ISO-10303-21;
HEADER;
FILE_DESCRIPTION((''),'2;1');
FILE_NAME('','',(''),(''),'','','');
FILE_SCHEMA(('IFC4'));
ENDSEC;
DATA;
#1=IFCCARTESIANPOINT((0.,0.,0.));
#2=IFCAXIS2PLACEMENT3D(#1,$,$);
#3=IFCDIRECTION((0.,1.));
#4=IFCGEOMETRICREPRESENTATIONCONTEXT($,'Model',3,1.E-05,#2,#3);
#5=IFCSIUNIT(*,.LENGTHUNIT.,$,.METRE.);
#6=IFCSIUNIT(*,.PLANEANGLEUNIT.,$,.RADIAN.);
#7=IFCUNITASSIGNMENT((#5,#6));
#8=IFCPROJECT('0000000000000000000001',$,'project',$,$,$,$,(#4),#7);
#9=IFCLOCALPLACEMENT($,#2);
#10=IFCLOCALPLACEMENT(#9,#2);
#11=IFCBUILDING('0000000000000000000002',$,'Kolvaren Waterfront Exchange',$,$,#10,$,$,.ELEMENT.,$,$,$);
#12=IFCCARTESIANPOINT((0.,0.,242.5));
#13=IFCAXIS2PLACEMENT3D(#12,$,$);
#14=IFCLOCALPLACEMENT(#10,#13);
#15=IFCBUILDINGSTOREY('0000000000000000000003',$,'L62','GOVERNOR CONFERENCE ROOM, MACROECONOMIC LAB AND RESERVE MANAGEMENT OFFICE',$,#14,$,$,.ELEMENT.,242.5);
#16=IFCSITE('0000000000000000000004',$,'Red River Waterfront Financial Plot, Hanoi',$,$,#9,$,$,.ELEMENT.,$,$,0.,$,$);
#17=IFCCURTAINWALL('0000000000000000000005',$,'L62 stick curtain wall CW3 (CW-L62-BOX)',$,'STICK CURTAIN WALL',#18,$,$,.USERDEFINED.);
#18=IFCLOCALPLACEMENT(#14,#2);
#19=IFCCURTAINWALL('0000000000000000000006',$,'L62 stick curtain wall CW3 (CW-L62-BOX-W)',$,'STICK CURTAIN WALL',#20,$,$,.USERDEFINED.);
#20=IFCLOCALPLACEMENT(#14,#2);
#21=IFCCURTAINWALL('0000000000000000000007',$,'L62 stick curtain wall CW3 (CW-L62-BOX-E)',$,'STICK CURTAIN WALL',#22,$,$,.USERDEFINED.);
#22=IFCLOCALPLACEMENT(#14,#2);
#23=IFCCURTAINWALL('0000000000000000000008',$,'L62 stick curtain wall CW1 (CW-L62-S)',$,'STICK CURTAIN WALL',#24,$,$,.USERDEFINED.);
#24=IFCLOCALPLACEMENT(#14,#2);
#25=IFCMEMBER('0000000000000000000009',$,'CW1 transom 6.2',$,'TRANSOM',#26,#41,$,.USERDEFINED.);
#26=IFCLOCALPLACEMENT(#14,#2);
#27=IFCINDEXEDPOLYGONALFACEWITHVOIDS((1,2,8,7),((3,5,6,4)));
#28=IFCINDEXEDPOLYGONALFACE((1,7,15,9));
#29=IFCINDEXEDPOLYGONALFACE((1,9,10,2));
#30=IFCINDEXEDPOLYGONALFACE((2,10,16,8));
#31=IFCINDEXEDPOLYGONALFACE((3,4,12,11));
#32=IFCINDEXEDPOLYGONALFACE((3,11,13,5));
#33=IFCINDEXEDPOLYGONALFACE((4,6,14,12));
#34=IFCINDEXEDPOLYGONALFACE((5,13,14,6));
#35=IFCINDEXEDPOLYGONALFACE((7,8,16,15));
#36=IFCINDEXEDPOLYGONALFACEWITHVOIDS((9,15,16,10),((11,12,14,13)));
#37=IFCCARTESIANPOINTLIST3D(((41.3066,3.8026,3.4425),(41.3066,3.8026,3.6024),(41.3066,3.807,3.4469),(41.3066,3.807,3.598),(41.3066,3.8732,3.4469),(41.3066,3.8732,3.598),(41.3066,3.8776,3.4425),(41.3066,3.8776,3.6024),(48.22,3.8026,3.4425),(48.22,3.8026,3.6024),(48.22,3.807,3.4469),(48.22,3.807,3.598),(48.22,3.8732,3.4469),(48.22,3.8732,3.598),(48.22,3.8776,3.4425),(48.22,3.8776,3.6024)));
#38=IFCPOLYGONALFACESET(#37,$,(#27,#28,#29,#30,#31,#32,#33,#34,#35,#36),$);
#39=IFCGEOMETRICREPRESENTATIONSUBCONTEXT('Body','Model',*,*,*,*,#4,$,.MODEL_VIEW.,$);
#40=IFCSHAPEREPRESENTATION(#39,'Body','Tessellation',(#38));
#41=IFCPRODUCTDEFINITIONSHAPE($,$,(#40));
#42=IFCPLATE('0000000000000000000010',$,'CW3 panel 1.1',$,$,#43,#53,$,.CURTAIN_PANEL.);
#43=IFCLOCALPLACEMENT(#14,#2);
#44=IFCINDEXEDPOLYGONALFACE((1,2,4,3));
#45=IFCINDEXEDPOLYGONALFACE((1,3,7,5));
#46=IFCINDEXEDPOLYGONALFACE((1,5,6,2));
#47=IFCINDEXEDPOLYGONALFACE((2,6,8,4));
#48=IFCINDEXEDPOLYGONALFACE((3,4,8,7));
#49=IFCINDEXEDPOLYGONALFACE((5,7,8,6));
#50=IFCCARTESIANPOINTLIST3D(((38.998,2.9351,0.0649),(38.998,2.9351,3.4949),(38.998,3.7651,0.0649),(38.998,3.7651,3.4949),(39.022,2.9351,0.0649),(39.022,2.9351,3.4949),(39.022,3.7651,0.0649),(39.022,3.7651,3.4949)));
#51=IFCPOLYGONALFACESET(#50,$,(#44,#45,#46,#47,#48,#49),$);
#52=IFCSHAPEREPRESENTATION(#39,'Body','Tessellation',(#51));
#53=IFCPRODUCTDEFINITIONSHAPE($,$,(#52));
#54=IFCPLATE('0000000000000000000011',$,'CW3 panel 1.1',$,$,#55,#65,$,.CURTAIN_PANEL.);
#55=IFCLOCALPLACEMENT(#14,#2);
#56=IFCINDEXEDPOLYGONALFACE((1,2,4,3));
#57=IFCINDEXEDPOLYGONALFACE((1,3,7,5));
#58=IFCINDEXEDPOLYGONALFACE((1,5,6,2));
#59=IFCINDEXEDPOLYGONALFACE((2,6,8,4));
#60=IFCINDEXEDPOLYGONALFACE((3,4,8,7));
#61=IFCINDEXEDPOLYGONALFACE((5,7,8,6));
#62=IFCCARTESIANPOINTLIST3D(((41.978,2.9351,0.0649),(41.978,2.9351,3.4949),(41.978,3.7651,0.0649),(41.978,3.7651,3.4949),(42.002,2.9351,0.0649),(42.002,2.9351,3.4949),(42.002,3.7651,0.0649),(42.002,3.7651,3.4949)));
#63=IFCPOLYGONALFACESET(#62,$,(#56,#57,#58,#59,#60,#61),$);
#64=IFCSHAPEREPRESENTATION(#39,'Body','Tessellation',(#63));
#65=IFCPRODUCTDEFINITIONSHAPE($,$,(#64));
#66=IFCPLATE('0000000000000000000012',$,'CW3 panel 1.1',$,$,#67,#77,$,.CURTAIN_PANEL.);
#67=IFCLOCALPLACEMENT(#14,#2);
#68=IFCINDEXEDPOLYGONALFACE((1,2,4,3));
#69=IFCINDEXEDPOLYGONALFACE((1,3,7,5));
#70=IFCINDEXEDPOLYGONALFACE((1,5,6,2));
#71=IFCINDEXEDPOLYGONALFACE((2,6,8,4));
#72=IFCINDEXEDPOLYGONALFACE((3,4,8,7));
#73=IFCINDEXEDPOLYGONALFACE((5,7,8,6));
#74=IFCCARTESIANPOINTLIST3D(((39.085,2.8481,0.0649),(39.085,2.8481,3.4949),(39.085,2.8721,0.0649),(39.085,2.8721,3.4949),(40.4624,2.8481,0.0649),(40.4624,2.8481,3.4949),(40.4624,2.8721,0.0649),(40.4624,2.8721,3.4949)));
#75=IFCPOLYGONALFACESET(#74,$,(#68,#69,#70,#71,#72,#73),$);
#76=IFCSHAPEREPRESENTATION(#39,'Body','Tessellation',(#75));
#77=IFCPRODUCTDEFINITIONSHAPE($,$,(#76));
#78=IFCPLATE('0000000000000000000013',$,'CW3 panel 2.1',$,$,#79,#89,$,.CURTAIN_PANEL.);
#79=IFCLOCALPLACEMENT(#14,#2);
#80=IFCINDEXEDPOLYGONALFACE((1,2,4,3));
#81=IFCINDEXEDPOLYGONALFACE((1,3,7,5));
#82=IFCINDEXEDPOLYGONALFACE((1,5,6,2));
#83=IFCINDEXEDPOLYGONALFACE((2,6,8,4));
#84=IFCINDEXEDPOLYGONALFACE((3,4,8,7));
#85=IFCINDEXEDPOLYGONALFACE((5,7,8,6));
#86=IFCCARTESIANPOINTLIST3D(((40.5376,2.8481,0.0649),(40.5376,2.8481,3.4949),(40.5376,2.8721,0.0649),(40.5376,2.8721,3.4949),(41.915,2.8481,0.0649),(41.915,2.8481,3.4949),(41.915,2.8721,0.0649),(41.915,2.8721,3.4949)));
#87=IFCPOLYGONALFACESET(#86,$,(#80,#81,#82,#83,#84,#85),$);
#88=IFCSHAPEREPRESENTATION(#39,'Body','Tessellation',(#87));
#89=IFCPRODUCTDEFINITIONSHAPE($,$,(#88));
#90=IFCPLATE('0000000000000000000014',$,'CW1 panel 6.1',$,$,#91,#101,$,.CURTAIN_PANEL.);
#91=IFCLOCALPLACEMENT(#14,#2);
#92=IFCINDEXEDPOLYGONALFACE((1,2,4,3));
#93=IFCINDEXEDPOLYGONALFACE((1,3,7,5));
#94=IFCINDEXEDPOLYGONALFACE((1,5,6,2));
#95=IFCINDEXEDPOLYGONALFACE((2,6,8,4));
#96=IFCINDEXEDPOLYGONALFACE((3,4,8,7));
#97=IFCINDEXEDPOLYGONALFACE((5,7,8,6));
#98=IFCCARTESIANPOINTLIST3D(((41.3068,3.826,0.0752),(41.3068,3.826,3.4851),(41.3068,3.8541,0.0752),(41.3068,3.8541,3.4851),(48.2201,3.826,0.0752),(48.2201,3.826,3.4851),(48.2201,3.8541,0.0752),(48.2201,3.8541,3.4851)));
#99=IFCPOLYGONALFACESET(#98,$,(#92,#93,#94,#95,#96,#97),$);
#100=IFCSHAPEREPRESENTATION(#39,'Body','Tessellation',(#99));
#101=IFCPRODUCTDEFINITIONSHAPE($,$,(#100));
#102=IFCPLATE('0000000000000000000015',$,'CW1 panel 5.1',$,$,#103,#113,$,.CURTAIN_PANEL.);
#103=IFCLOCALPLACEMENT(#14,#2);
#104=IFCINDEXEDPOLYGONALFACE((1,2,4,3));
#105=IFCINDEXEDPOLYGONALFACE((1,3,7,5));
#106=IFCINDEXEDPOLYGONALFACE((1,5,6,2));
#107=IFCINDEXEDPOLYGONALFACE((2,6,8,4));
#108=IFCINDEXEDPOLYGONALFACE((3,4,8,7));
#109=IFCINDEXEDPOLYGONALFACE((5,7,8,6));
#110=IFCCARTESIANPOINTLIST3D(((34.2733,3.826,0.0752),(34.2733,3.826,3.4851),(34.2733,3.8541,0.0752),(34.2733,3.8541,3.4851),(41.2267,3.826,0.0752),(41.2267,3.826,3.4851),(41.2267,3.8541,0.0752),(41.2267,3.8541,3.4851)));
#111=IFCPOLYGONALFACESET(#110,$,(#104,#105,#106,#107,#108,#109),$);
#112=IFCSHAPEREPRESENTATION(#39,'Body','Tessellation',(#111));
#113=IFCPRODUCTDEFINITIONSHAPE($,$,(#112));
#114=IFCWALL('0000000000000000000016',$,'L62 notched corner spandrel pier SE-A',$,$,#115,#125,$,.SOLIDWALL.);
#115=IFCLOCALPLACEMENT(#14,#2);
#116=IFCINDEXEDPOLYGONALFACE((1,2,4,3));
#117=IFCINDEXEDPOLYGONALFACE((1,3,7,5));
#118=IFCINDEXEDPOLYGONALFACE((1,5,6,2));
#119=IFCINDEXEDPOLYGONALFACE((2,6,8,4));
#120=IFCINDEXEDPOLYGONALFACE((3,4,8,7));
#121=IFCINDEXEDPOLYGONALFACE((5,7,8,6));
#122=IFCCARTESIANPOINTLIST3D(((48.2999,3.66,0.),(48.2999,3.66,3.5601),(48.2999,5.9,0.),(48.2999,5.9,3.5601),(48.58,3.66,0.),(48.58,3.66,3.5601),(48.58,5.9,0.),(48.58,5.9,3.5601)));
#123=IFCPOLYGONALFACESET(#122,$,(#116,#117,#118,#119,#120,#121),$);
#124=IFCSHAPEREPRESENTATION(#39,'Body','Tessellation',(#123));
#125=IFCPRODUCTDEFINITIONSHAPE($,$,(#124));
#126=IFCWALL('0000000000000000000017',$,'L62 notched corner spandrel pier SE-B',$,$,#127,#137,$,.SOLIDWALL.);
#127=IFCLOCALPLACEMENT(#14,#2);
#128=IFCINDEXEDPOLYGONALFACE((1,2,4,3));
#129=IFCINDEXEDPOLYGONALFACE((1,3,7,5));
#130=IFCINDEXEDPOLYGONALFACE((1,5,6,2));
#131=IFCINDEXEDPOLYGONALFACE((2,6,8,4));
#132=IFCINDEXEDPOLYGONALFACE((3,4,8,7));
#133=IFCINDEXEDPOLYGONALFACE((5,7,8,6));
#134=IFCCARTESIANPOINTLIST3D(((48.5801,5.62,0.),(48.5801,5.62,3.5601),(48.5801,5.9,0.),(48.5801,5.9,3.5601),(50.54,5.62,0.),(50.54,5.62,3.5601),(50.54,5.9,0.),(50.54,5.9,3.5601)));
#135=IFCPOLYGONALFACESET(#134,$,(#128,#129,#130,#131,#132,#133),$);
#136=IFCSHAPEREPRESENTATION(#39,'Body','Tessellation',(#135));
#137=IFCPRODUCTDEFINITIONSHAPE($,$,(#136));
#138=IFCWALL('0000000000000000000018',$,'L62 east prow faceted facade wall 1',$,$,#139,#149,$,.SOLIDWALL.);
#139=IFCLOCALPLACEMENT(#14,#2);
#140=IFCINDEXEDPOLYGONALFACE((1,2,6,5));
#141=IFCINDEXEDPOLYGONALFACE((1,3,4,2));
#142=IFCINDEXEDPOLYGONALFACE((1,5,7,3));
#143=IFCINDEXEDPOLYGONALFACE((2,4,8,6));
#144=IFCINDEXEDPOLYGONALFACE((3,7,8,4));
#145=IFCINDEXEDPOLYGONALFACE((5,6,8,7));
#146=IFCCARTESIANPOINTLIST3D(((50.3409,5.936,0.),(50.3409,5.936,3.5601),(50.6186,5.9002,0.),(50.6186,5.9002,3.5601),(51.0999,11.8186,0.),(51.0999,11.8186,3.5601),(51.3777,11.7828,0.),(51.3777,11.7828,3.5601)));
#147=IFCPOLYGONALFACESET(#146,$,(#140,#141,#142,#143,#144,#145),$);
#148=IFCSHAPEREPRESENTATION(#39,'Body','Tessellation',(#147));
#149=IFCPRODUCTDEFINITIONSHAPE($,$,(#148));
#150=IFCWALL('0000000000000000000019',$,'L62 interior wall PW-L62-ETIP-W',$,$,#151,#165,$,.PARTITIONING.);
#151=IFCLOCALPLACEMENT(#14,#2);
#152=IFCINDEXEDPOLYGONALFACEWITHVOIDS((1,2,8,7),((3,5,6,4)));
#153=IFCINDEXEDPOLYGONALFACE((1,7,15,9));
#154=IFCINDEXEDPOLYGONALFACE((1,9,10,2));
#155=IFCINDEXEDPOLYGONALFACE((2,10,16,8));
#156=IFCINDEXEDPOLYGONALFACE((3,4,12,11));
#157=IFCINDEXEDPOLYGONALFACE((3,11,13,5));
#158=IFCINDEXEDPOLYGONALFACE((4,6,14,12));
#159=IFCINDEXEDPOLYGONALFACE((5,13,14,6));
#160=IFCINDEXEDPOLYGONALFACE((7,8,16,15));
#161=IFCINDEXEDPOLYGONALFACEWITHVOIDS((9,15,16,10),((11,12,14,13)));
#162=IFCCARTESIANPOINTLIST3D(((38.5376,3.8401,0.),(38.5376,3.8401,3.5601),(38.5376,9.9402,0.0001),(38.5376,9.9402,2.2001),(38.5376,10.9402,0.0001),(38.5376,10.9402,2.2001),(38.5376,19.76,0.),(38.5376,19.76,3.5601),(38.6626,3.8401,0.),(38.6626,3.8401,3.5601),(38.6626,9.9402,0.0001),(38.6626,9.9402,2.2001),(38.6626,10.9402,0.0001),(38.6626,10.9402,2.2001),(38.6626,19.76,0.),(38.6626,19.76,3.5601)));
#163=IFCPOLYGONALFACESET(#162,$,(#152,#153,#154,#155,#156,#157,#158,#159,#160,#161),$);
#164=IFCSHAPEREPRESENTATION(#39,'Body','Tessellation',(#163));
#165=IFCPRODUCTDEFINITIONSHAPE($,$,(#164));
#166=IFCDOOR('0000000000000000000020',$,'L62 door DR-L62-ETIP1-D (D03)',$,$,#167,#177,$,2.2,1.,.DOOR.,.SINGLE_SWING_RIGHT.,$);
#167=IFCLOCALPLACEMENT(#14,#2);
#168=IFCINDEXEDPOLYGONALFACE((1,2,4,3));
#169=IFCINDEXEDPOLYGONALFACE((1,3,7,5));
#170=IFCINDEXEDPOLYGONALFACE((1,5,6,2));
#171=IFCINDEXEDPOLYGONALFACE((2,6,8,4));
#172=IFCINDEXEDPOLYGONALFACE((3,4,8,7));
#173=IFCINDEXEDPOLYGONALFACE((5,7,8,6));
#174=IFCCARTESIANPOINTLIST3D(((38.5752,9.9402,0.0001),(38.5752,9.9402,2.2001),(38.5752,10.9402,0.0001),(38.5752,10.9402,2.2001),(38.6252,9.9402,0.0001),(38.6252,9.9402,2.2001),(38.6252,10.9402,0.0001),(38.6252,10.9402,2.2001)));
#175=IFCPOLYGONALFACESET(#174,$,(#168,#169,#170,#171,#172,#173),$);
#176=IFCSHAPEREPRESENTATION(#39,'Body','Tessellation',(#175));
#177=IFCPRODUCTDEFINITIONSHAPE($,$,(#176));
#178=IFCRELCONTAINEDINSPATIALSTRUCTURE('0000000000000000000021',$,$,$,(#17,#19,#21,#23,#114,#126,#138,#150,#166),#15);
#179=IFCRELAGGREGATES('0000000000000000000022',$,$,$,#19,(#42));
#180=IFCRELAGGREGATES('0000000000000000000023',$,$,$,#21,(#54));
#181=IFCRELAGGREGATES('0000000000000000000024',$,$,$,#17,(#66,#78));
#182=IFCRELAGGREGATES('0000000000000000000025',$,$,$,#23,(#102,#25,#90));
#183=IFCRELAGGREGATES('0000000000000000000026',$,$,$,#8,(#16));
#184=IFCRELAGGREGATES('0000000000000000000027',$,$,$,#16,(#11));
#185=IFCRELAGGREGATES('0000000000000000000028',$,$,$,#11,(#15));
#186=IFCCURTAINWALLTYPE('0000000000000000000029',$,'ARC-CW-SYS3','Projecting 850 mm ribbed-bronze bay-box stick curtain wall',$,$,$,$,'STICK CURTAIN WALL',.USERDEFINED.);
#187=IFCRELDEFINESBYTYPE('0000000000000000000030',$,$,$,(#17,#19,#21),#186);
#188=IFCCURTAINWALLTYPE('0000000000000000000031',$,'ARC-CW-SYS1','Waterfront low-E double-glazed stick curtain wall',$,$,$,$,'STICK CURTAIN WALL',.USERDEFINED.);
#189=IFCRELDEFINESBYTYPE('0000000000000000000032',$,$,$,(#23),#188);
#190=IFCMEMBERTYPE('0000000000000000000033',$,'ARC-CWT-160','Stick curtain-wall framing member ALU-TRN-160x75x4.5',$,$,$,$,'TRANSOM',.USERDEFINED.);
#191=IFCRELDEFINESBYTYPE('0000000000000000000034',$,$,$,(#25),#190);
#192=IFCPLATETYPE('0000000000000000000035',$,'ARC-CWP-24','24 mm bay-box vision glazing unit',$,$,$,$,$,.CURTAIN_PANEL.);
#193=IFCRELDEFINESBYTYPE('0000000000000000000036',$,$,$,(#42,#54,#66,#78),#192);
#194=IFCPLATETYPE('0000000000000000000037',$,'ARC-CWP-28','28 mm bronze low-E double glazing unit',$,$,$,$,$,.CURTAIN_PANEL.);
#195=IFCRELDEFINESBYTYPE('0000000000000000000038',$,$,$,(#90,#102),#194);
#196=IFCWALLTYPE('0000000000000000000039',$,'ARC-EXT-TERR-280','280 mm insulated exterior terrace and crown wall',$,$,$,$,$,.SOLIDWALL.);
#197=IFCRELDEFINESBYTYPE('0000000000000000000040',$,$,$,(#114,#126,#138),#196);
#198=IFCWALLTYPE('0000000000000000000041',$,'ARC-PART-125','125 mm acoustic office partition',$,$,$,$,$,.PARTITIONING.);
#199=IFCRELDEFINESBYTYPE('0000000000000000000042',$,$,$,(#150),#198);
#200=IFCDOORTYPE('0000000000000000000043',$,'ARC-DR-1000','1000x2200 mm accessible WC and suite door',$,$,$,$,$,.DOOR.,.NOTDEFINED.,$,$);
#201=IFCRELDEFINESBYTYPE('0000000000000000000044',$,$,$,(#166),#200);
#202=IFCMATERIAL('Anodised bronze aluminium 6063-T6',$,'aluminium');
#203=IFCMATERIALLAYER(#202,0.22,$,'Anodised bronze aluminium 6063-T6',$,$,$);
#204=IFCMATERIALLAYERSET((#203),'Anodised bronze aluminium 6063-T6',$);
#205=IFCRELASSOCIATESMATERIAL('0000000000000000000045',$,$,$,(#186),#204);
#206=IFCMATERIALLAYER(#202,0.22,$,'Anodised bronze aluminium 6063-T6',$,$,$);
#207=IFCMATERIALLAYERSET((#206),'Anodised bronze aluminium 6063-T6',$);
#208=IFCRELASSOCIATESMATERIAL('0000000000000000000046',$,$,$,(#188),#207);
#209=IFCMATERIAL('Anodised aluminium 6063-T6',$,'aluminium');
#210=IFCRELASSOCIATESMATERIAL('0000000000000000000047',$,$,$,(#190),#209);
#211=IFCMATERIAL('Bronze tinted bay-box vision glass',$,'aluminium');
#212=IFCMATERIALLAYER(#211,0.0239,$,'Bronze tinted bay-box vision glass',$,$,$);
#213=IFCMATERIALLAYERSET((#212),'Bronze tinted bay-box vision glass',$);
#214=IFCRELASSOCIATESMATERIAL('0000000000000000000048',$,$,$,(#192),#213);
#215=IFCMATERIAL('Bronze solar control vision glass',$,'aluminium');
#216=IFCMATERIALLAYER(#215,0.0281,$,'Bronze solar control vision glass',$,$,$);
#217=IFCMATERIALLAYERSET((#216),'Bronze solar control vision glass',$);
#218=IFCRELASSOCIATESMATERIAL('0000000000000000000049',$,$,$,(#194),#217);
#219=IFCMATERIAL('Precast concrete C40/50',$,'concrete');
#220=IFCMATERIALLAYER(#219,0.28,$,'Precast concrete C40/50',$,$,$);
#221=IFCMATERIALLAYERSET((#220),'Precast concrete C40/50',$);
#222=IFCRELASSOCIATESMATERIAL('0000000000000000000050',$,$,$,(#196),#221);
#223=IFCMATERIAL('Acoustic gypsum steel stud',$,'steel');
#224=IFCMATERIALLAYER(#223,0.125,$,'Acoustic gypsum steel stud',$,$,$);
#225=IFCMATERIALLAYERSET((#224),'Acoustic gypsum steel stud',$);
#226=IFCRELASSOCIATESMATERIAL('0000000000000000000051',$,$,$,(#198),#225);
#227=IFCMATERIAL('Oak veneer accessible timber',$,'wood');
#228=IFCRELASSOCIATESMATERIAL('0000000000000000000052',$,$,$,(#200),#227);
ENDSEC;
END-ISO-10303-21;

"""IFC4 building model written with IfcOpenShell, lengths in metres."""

from ifc_helpers import new_model, si_unit, direction, frame, frame_2d, origin, origin_with_axes, origin_2d, place, context, subcontext, project, spatial, rectangle, hollow_rectangle, extrude, source, transform, mapped, material, layer, layer_set, material_profile, profile_set, type_object, element, fill, aggregate, save


model = new_model("IFC4")

# Units and contexts
model_context = context("Model", 3, precision=1e-05, world=origin(), true_north=direction((0.0, 1.0)))
body_context = subcontext(model_context, "Body", "Model", "MODEL_VIEW")
ifc_project = project(units=[si_unit("LENGTHUNIT", "METRE"), si_unit("PLANEANGLEUNIT", "RADIAN")], contexts=[model_context])

# Site, building, storey
site_placement = place(None, origin())
site = spatial("IfcSite", under=ifc_project, at=site_placement, Name="Red River Waterfront Financial Plot, Hanoi", CompositionType="ELEMENT", RefElevation=0.0)
building_placement = place(site_placement, origin())
building = spatial("IfcBuilding", under=site, at=building_placement, Name="Kolvaren Waterfront Exchange", CompositionType="ELEMENT")
storey_placement = place(building_placement, frame((0.0, 0.0, 242.5)))
storey = spatial("IfcBuildingStorey", under=building, at=storey_placement, Name="L62", Description="GOVERNOR CONFERENCE ROOM, MACROECONOMIC LAB AND RESERVE MANAGEMENT OFFICE", CompositionType="ELEMENT", Elevation=242.5)

# Curtain walls
ifc_material_1 = material(Name="Anodised bronze aluminium 6063-T6", Category="aluminium")
ifc_layer_1 = layer(ifc_material_1, 0.22, Name="Anodised bronze aluminium 6063-T6")
ifc_layer_set_1 = layer_set([ifc_layer_1], Name="Anodised bronze aluminium 6063-T6")
curtain_wall_type_1 = type_object("IfcCurtainWallType", Name="ARC-CW-SYS3", Description="Projecting 850 mm ribbed-bronze bay-box stick curtain wall", ElementType="STICK CURTAIN WALL", PredefinedType="USERDEFINED", material=ifc_layer_set_1)
curtain_wall_1_placement = place(storey_placement, origin())
curtain_wall_1 = element("IfcCurtainWall", 1, at=curtain_wall_1_placement, inside=storey, type_object=curtain_wall_type_1, Name="L62 stick curtain wall CW3 (CW-L62-BOX)", ObjectType="STICK CURTAIN WALL", PredefinedType="USERDEFINED")
curtain_wall_2_placement = place(storey_placement, origin())
curtain_wall_2 = element("IfcCurtainWall", 2, at=curtain_wall_2_placement, inside=storey, type_object=curtain_wall_type_1, Name="L62 stick curtain wall CW3 (CW-L62-BOX-W)", ObjectType="STICK CURTAIN WALL", PredefinedType="USERDEFINED")
curtain_wall_3_placement = place(storey_placement, origin())
curtain_wall_3 = element("IfcCurtainWall", 3, at=curtain_wall_3_placement, inside=storey, type_object=curtain_wall_type_1, Name="L62 stick curtain wall CW3 (CW-L62-BOX-E)", ObjectType="STICK CURTAIN WALL", PredefinedType="USERDEFINED")

# Curtain wall, member
ifc_layer_2 = layer(ifc_material_1, 0.22, Name="Anodised bronze aluminium 6063-T6")
ifc_layer_set_2 = layer_set([ifc_layer_2], Name="Anodised bronze aluminium 6063-T6")
curtain_wall_type_2 = type_object("IfcCurtainWallType", Name="ARC-CW-SYS1", Description="Waterfront low-E double-glazed stick curtain wall", ElementType="STICK CURTAIN WALL", PredefinedType="USERDEFINED", material=ifc_layer_set_2)
curtain_wall_4_placement = place(storey_placement, origin())
curtain_wall_4 = element("IfcCurtainWall", 4, at=curtain_wall_4_placement, inside=storey, type_object=curtain_wall_type_2, Name="L62 stick curtain wall CW1 (CW-L62-S)", ObjectType="STICK CURTAIN WALL", PredefinedType="USERDEFINED")
ifc_material_2 = material(Name="Anodised aluminium 6063-T6", Category="aluminium")
ifc_material_profile_1 = material_profile(ifc_material_2, hollow_rectangle(XDim=0.075, YDim=0.1599, WallThickness=0.0044, at=origin_2d()), Name="ALU-TRN-160x75x4.5")
ifc_profile_set_1 = profile_set([ifc_material_profile_1], Name="Anodised aluminium 6063-T6")
member_type_1 = type_object("IfcMemberType", Name="ARC-CWT-160", Description="Stick curtain-wall framing member ALU-TRN-160x75x4.5", ElementType="TRANSOM", PredefinedType="USERDEFINED", material=ifc_profile_set_1)
shared_shape_1 = source(origin_with_axes(), body_context, "Body", "SweptSolid", [
    extrude(hollow_rectangle(XDim=0.075, YDim=0.1599, WallThickness=0.0044, at=origin_2d()), origin(), (0.0, 0.0, 1.0), 6.9133),
])
member_1_placement = place(storey_placement, frame((41.3066, 3.8401, 3.5225), z_axis=(1.0, 0.0, 0.0), x_axis=(0.0, 1.0, 0.0)))
member_1 = element("IfcMember", 5, at=member_1_placement, type_object=member_type_1, Name="CW1 transom 6.2", ObjectType="TRANSOM", PredefinedType="USERDEFINED", context=body_context, shape_type="MappedRepresentation", body=[
    mapped(shared_shape_1, transform((0.0, 0.0, 0.0), x_axis=(1.0, 0.0, 0.0), y_axis=(0.0, 1.0, 0.0), z_axis=(0.0, 0.0, 1.0), scale=1.0)),
])

# Plates
ifc_material_3 = material(Name="Bronze tinted bay-box vision glass", Category="aluminium")
ifc_layer_3 = layer(ifc_material_3, 0.0239, Name="Bronze tinted bay-box vision glass")
ifc_layer_set_3 = layer_set([ifc_layer_3], Name="Bronze tinted bay-box vision glass")
plate_type_1 = type_object("IfcPlateType", Name="ARC-CWP-24", Description="24 mm bay-box vision glazing unit", PredefinedType="CURTAIN_PANEL", material=ifc_layer_set_3)
shared_shape_2 = source(origin_with_axes(), body_context, "Body", "SweptSolid", [
    extrude(rectangle(XDim=0.8301, YDim=0.0239, at=origin_2d()), origin(), (0.0, 0.0, 1.0), 3.4299),
])
plate_1_placement = place(storey_placement, frame((39.01, 3.3501, 0.0649), z_axis=(0.0, 0.0, 1.0), x_axis=(0.0, -1.0, 0.0)))
plate_1 = element("IfcPlate", 6, at=plate_1_placement, type_object=plate_type_1, Name="CW3 panel 1.1", PredefinedType="CURTAIN_PANEL", context=body_context, shape_type="MappedRepresentation", body=[
    mapped(shared_shape_2, transform((0.0, 0.0, 0.0), x_axis=(1.0, 0.0, 0.0), y_axis=(0.0, 1.0, 0.0), z_axis=(0.0, 0.0, 1.0), scale=1.0)),
])
aggregate(curtain_wall_2, [plate_1])
plate_2_placement = place(storey_placement, frame((41.99, 3.3501, 0.0649), z_axis=(0.0, 0.0, 1.0), x_axis=(0.0, 1.0, 0.0)))
plate_2 = element("IfcPlate", 7, at=plate_2_placement, type_object=plate_type_1, Name="CW3 panel 1.1", PredefinedType="CURTAIN_PANEL", context=body_context, shape_type="MappedRepresentation", body=[
    mapped(shared_shape_2, transform((0.0, 0.0, 0.0), x_axis=(1.0, 0.0, 0.0), y_axis=(0.0, 1.0, 0.0), z_axis=(0.0, 0.0, 1.0), scale=1.0)),
])
aggregate(curtain_wall_3, [plate_2])
shared_shape_3 = source(origin_with_axes(), body_context, "Body", "SweptSolid", [
    extrude(rectangle(XDim=1.3774, YDim=0.0239, at=origin_2d()), origin(), (0.0, 0.0, 1.0), 3.4299),
])
plate_3_placement = place(storey_placement, frame((39.7737, 2.8601, 0.0649), z_axis=(0.0, 0.0, 1.0), x_axis=(1.0, 0.0, 0.0)))
plate_3 = element("IfcPlate", 8, at=plate_3_placement, type_object=plate_type_1, Name="CW3 panel 1.1", PredefinedType="CURTAIN_PANEL", context=body_context, shape_type="MappedRepresentation", body=[
    mapped(shared_shape_3, transform((0.0, 0.0, 0.0), x_axis=(1.0, 0.0, 0.0), y_axis=(0.0, 1.0, 0.0), z_axis=(0.0, 0.0, 1.0), scale=1.0)),
])
plate_4_placement = place(storey_placement, frame((41.2263, 2.8601, 0.0649), z_axis=(0.0, 0.0, 1.0), x_axis=(1.0, 0.0, 0.0)))
plate_4 = element("IfcPlate", 9, at=plate_4_placement, type_object=plate_type_1, Name="CW3 panel 2.1", PredefinedType="CURTAIN_PANEL", context=body_context, shape_type="MappedRepresentation", body=[
    mapped(shared_shape_3, transform((0.0, 0.0, 0.0), x_axis=(1.0, 0.0, 0.0), y_axis=(0.0, 1.0, 0.0), z_axis=(0.0, 0.0, 1.0), scale=1.0)),
])
aggregate(curtain_wall_1, [plate_3, plate_4])
ifc_material_4 = material(Name="Bronze solar control vision glass", Category="aluminium")
ifc_layer_4 = layer(ifc_material_4, 0.0281, Name="Bronze solar control vision glass")
ifc_layer_set_4 = layer_set([ifc_layer_4], Name="Bronze solar control vision glass")
plate_type_2 = type_object("IfcPlateType", Name="ARC-CWP-28", Description="28 mm bronze low-E double glazing unit", PredefinedType="CURTAIN_PANEL", material=ifc_layer_set_4)
shared_shape_4 = source(origin_with_axes(), body_context, "Body", "SweptSolid", [
    extrude(rectangle(XDim=6.9133, YDim=0.0281, at=origin_2d()), origin(), (0.0, 0.0, 1.0), 3.4099),
])
plate_5_placement = place(storey_placement, frame((44.7634, 3.8401, 0.0752), z_axis=(0.0, 0.0, 1.0), x_axis=(1.0, 0.0, 0.0)))
plate_5 = element("IfcPlate", 10, at=plate_5_placement, type_object=plate_type_2, Name="CW1 panel 6.1", PredefinedType="CURTAIN_PANEL", context=body_context, shape_type="MappedRepresentation", body=[
    mapped(shared_shape_4, transform((0.0, 0.0, 0.0), x_axis=(1.0, 0.0, 0.0), y_axis=(0.0, 1.0, 0.0), z_axis=(0.0, 0.0, 1.0), scale=1.0)),
])
shared_shape_5 = source(origin_with_axes(), body_context, "Body", "SweptSolid", [
    extrude(rectangle(XDim=6.9534, YDim=0.0281, at=origin_2d()), origin(), (0.0, 0.0, 1.0), 3.4099),
])
plate_6_placement = place(storey_placement, frame((37.75, 3.8401, 0.0752), z_axis=(0.0, 0.0, 1.0), x_axis=(1.0, 0.0, 0.0)))
plate_6 = element("IfcPlate", 11, at=plate_6_placement, type_object=plate_type_2, Name="CW1 panel 5.1", PredefinedType="CURTAIN_PANEL", context=body_context, shape_type="MappedRepresentation", body=[
    mapped(shared_shape_5, transform((0.0, 0.0, 0.0), x_axis=(1.0, 0.0, 0.0), y_axis=(0.0, 1.0, 0.0), z_axis=(0.0, 0.0, 1.0), scale=1.0)),
])
aggregate(curtain_wall_4, [plate_6, member_1, plate_5])

# Walls
ifc_material_5 = material(Name="Precast concrete C40/50", Category="concrete")
ifc_layer_5 = layer(ifc_material_5, 0.28, Name="Precast concrete C40/50")
ifc_layer_set_5 = layer_set([ifc_layer_5], Name="Precast concrete C40/50")
wall_type_1 = type_object("IfcWallType", Name="ARC-EXT-TERR-280", Description="280 mm insulated exterior terrace and crown wall", PredefinedType="SOLIDWALL", material=ifc_layer_set_5)
wall_1_placement = place(storey_placement, frame((48.4399, 3.6599, 0.0), z_axis=(0.0, 0.0, 1.0), x_axis=(0.0, 1.0, 0.0)))
element("IfcWall", 12, at=wall_1_placement, inside=storey, type_object=wall_type_1, Name="L62 notched corner spandrel pier SE-A", PredefinedType="SOLIDWALL", context=body_context, shape_type="SweptSolid", body=[
    extrude(rectangle(XDim=2.24, YDim=0.28, at=frame_2d((1.1201, 0.0))), origin(), (0.0, 0.0, 1.0), 3.5601),
])
wall_2_placement = place(storey_placement, frame((48.5801, 5.76, 0.0), z_axis=(0.0, 0.0, 1.0), x_axis=(1.0, 0.0, 0.0)))
element("IfcWall", 13, at=wall_2_placement, inside=storey, type_object=wall_type_1, Name="L62 notched corner spandrel pier SE-B", PredefinedType="SOLIDWALL", context=body_context, shape_type="SweptSolid", body=[
    extrude(rectangle(XDim=1.96, YDim=0.28, at=frame_2d((0.98, 0.0))), origin(), (0.0, 0.0, 1.0), 3.5601),
])
wall_3_placement = place(storey_placement, frame((50.4797, 5.918, 0.0), z_axis=(0.0, 0.0, 1.0), x_axis=(0.12797, 0.991778, 0.0)))
element("IfcWall", 14, at=wall_3_placement, inside=storey, type_object=wall_type_1, Name="L62 east prow faceted facade wall 1", PredefinedType="SOLIDWALL", context=body_context, shape_type="SweptSolid", body=[
    extrude(rectangle(XDim=5.9314, YDim=0.28, at=frame_2d((2.9658, 0.0))), origin(), (0.0, 0.0, 1.0), 3.5601),
])

# Wall, opening, door
ifc_material_6 = material(Name="Acoustic gypsum steel stud", Category="steel")
ifc_layer_6 = layer(ifc_material_6, 0.125, Name="Acoustic gypsum steel stud")
ifc_layer_set_6 = layer_set([ifc_layer_6], Name="Acoustic gypsum steel stud")
wall_type_2 = type_object("IfcWallType", Name="ARC-PART-125", Description="125 mm acoustic office partition", PredefinedType="PARTITIONING", material=ifc_layer_set_6)
wall_4_placement = place(storey_placement, frame((38.6001, 3.8401, 0.0), z_axis=(0.0, 0.0, 1.0), x_axis=(0.0, 1.0, 0.0)))
wall_4 = element("IfcWall", 15, at=wall_4_placement, inside=storey, type_object=wall_type_2, Name="L62 interior wall PW-L62-ETIP-W", PredefinedType="PARTITIONING", context=body_context, shape_type="SweptSolid", body=[
    extrude(rectangle(XDim=15.9199, YDim=0.125, at=frame_2d((7.96, 0.0))), origin(), (0.0, 0.0, 1.0), 3.5601),
])
opening_placement = place(wall_4_placement, frame((6.1001, 0.0, 0.0)))
opening = element("IfcOpeningElement", 16, at=opening_placement, cuts=wall_4, PredefinedType="OPENING", context=body_context, shape_type="SweptSolid", body=[
    extrude(rectangle(XDim=1.0, YDim=2.2, at=frame_2d((0.5, 1.1001))), frame((0.0, 0.0725, 0.0), z_axis=(0.0, -1.0, 0.0), x_axis=(1.0, 0.0, 0.0)), (0.0, 0.0, 1.0), 0.145),
])
ifc_material_7 = material(Name="Oak veneer accessible timber", Category="wood")
door_type = type_object("IfcDoorType", Name="ARC-DR-1000", Description="1000x2200 mm accessible WC and suite door", OperationType="NOTDEFINED", PredefinedType="DOOR", material=ifc_material_7)
door_placement = place(opening_placement, origin())
door = element("IfcDoor", 17, at=door_placement, inside=storey, type_object=door_type, Name="L62 door DR-L62-ETIP1-D (D03)", OperationType="SINGLE_SWING_RIGHT", OverallHeight=2.2, OverallWidth=1.0, PredefinedType="DOOR", context=body_context, shape_type="SweptSolid", body=[
    extrude(rectangle(XDim=1.0, YDim=2.2, at=frame_2d((0.5, 1.1001))), frame((0.0, 0.0249, 0.0), z_axis=(0.0, -1.0, 0.0), x_axis=(1.0, 0.0, 0.0)), (0.0, 0.0, 1.0), 0.05),
])
fill(opening, door)

save(model, "model.ifc")
